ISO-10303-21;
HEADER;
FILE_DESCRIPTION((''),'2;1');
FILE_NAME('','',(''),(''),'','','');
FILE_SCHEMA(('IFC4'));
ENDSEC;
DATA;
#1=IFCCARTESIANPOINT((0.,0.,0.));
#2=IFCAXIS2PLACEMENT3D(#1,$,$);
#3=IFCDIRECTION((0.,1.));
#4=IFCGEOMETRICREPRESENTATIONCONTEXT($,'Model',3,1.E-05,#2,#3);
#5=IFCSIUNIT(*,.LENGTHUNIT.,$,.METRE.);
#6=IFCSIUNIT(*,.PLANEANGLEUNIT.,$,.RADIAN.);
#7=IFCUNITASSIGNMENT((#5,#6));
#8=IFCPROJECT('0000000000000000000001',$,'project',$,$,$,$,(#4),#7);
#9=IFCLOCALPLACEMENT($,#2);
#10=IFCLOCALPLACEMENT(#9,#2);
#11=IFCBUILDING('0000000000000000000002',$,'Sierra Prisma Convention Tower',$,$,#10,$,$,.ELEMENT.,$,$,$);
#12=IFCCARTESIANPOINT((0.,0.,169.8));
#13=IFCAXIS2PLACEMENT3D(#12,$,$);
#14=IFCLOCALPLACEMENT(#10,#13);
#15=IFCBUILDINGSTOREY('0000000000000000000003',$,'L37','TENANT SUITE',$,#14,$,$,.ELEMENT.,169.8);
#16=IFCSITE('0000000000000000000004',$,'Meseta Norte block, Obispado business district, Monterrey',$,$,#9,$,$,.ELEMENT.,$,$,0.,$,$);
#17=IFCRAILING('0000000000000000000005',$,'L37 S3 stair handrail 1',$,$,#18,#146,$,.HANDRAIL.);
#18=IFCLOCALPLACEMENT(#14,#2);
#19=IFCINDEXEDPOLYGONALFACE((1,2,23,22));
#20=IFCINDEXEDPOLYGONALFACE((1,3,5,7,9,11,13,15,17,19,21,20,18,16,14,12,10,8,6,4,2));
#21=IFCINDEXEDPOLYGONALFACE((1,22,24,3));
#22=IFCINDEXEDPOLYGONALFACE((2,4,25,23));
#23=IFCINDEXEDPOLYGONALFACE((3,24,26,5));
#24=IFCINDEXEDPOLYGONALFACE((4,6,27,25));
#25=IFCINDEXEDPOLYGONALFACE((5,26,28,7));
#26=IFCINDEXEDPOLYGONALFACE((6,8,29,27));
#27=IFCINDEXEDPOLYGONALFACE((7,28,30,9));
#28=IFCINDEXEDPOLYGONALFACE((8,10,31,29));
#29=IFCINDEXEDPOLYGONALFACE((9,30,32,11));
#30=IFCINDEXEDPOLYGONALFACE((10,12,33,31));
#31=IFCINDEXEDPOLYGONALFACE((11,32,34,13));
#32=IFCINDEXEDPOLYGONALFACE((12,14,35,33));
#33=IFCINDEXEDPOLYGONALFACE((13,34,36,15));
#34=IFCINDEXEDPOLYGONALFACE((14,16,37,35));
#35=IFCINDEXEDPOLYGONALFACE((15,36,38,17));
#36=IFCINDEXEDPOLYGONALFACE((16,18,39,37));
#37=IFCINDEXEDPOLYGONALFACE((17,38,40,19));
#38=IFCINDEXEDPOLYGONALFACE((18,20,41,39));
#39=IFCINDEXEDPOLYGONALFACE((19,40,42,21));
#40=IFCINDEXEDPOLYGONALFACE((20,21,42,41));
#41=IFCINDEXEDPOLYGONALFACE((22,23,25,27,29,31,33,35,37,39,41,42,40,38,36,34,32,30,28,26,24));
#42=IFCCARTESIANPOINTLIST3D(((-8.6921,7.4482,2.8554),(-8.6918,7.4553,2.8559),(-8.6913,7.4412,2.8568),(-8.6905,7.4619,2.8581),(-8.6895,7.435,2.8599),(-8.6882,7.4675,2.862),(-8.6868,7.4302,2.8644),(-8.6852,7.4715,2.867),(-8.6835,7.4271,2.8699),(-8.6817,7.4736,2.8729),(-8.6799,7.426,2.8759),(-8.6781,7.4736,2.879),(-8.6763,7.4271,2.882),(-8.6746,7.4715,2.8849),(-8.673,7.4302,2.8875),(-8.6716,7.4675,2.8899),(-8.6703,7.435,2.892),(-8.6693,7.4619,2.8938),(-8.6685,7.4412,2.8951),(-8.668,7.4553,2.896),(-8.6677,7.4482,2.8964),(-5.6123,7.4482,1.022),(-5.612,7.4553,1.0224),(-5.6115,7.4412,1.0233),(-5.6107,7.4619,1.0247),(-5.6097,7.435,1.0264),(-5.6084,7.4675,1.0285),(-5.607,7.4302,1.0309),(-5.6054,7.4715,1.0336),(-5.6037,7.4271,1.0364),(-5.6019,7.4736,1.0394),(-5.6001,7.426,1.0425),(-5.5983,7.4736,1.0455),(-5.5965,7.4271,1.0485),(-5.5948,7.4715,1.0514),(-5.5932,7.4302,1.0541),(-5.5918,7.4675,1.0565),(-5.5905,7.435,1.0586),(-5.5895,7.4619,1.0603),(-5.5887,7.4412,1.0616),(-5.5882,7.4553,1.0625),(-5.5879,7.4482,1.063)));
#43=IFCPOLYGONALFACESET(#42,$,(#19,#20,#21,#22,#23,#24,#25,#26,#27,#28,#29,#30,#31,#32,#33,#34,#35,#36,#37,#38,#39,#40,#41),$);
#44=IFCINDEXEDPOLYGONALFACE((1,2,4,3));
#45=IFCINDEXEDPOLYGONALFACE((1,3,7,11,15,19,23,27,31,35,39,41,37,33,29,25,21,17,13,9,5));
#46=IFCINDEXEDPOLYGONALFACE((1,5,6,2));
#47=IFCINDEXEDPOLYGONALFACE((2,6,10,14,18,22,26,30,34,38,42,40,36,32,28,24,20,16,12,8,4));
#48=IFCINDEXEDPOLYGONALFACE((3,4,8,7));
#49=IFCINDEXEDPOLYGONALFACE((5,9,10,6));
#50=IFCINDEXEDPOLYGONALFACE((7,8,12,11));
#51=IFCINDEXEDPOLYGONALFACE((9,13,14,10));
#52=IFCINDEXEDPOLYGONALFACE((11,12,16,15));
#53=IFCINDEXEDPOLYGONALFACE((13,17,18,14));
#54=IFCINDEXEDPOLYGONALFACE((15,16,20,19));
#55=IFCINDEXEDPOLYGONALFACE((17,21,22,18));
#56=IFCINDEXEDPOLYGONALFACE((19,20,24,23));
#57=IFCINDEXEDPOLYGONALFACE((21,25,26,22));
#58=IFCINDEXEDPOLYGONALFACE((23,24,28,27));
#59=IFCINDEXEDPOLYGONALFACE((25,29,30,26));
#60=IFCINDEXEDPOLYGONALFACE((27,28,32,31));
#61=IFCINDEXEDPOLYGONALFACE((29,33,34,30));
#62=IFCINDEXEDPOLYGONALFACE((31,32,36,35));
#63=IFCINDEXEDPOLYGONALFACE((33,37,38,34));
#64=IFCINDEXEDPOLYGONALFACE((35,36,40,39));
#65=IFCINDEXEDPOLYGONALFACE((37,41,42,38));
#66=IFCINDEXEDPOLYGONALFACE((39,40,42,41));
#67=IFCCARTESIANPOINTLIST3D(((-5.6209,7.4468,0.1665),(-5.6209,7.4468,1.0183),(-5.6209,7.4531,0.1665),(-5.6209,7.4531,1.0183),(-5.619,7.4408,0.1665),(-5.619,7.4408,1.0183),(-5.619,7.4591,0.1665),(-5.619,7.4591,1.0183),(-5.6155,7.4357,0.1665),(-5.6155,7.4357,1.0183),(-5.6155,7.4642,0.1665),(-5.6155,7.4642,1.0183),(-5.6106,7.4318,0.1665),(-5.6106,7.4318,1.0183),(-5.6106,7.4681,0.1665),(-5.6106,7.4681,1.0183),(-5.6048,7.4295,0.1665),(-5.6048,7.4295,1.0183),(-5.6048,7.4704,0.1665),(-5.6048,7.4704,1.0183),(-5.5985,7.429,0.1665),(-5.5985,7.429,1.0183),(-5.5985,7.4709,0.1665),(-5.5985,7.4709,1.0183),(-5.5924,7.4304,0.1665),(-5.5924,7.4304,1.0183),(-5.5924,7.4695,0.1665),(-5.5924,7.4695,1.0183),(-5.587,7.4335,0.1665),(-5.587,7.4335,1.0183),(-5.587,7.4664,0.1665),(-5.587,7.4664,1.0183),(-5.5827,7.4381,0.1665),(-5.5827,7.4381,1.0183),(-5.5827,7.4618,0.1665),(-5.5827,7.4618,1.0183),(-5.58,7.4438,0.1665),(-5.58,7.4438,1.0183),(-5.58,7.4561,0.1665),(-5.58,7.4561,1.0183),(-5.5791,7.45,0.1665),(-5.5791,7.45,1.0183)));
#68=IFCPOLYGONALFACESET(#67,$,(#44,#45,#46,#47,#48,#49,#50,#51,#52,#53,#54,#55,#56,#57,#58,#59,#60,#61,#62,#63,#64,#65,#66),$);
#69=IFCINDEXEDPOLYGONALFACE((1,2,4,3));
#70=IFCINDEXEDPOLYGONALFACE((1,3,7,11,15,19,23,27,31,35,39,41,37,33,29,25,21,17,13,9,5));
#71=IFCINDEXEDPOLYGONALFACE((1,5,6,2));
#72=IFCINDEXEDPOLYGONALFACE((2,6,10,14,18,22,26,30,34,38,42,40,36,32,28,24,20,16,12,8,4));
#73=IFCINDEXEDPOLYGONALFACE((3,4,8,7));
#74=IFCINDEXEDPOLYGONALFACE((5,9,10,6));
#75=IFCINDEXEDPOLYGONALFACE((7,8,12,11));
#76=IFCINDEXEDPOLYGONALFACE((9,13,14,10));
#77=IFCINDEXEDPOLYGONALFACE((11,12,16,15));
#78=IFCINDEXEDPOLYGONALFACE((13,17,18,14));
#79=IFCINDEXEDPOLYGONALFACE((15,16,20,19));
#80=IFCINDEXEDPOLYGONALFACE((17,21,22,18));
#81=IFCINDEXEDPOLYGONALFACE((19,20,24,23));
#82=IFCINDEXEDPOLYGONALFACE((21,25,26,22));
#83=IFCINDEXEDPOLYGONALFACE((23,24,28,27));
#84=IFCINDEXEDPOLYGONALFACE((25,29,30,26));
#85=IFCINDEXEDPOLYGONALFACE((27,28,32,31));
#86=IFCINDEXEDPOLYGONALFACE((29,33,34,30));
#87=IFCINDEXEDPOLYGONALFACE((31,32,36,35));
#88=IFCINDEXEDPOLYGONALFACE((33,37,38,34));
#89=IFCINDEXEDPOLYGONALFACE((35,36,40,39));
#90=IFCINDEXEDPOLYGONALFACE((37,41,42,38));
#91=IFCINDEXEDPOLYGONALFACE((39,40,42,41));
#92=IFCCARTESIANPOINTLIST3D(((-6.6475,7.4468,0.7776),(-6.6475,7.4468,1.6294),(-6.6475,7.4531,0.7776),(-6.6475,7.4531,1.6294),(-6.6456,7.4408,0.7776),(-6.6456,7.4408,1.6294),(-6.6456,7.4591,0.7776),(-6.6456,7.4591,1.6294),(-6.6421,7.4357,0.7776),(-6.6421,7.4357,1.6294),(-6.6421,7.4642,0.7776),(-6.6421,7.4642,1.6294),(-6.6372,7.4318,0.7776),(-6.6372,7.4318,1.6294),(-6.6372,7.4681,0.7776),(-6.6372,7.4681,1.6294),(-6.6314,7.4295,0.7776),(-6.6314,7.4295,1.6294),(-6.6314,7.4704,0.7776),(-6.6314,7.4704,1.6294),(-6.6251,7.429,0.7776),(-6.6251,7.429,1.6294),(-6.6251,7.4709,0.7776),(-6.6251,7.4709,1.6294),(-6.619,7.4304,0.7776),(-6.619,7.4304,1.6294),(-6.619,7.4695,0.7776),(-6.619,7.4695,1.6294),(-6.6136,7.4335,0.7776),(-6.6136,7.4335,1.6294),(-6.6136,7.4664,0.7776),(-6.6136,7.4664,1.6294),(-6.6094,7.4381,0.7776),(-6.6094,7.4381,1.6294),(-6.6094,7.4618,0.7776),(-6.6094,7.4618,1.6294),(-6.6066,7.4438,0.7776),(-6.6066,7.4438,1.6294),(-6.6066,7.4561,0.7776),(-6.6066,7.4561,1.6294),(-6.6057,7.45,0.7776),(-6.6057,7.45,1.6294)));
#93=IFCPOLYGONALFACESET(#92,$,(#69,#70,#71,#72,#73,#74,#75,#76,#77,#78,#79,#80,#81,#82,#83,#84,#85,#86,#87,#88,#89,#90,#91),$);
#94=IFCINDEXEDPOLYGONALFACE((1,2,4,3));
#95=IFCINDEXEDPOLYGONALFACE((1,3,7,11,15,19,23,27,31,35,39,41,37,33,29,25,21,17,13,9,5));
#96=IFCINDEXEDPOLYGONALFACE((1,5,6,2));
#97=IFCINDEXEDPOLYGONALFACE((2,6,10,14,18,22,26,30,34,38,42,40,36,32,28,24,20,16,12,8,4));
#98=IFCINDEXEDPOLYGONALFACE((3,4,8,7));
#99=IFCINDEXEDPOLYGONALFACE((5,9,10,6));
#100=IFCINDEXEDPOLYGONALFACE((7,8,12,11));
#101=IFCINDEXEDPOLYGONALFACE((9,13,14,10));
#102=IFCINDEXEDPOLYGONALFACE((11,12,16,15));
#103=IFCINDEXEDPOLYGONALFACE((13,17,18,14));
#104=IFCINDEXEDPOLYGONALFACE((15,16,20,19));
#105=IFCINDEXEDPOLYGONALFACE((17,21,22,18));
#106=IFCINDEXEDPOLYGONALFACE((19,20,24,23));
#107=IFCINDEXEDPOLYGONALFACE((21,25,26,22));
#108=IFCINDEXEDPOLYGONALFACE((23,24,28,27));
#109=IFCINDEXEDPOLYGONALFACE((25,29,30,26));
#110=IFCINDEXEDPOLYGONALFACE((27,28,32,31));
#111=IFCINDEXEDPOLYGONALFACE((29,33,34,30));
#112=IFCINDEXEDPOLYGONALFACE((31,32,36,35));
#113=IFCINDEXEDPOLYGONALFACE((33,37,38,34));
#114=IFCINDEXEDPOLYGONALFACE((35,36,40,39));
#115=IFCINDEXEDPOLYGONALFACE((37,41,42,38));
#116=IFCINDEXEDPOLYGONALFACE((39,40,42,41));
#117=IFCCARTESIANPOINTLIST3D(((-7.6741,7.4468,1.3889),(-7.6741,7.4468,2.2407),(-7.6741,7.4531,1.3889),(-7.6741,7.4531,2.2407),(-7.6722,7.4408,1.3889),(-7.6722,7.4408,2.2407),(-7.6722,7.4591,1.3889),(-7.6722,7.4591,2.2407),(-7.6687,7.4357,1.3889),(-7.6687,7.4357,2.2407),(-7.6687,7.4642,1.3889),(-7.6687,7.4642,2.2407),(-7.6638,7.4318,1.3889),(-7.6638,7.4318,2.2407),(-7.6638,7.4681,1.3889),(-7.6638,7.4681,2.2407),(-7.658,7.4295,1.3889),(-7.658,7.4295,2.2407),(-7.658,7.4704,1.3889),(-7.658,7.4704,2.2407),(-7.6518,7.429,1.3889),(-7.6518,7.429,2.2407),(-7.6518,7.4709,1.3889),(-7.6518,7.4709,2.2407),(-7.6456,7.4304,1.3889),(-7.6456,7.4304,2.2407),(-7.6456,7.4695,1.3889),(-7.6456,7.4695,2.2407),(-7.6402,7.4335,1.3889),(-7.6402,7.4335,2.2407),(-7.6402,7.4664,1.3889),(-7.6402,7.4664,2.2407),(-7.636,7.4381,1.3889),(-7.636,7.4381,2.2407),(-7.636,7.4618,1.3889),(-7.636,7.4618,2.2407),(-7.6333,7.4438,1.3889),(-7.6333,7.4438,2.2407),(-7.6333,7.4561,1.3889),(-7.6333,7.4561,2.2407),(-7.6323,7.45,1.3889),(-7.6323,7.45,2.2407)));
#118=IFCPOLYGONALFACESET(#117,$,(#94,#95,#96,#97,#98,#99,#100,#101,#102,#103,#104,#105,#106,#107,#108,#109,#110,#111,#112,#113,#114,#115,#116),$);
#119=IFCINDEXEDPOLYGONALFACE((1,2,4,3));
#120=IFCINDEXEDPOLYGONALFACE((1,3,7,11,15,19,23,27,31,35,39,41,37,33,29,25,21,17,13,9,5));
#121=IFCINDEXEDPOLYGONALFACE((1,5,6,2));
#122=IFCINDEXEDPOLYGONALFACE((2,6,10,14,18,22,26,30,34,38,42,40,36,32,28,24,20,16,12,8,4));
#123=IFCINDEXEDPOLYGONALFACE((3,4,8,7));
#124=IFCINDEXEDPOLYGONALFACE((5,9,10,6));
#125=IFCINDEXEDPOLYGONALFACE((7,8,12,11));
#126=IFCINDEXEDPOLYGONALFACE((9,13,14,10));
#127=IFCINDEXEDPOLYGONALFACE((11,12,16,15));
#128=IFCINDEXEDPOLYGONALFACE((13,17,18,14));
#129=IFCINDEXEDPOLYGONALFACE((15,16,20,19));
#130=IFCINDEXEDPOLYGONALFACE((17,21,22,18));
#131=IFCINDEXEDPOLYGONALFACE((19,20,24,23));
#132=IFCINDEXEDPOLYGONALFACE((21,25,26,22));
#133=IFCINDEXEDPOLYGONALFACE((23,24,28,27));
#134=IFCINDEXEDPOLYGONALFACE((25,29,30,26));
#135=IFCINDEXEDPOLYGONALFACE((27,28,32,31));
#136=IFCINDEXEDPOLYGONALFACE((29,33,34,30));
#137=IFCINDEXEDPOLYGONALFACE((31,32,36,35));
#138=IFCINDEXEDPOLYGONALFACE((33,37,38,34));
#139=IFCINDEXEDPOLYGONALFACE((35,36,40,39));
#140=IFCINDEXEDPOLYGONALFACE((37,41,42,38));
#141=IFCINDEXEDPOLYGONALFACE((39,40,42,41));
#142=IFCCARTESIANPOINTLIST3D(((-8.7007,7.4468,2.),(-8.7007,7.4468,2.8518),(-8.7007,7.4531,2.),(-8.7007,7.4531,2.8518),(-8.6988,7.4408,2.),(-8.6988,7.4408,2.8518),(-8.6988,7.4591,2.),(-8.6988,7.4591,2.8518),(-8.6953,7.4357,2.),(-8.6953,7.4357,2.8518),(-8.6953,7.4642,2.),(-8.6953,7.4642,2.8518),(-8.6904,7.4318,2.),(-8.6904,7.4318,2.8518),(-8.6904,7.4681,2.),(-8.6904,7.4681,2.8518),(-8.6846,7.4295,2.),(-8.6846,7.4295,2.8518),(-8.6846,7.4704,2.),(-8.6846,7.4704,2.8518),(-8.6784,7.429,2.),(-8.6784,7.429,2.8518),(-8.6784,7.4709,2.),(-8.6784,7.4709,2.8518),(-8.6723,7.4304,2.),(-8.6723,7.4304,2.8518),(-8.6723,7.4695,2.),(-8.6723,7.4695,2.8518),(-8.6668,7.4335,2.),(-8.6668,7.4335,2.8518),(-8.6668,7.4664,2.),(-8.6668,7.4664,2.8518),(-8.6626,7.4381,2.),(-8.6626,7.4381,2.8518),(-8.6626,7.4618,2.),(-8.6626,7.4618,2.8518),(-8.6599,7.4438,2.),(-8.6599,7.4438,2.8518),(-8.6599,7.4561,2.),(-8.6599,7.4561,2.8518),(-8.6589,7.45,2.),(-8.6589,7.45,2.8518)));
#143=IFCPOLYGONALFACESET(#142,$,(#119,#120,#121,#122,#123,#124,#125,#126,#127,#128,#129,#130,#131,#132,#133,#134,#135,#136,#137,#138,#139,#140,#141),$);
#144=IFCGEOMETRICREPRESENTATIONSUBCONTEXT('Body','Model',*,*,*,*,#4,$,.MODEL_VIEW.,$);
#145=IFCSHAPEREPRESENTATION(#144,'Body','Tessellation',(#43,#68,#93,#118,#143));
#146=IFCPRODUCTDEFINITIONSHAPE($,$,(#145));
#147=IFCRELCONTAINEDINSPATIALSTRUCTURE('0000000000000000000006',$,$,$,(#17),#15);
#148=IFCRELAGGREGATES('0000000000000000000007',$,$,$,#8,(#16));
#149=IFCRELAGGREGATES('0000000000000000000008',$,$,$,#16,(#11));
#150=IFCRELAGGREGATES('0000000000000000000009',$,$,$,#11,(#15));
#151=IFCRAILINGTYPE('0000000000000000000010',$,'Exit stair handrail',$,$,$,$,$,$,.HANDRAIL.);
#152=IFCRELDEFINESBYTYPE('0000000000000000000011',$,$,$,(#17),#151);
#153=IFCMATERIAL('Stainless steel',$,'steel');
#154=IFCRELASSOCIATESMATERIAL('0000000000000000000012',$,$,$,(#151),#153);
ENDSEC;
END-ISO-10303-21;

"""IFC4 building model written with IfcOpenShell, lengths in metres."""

from ifc_helpers import new_model, si_unit, direction, frame, origin, origin_2d, place, context, subcontext, project, spatial, circle, extrude, material, type_object, element, save


model = new_model("IFC4")

# Units and contexts
model_context = context("Model", 3, precision=1e-05, world=origin(), true_north=direction((0.0, 1.0)))
body_context = subcontext(model_context, "Body", "Model", "MODEL_VIEW")
ifc_project = project(units=[si_unit("LENGTHUNIT", "METRE"), si_unit("PLANEANGLEUNIT", "RADIAN")], contexts=[model_context])

# Site, building, storey
site_placement = place(None, origin())
site = spatial("IfcSite", under=ifc_project, at=site_placement, Name="Meseta Norte block, Obispado business district, Monterrey", CompositionType="ELEMENT", RefElevation=0.0)
building_placement = place(site_placement, origin())
building = spatial("IfcBuilding", under=site, at=building_placement, Name="Sierra Prisma Convention Tower", CompositionType="ELEMENT")
storey_placement = place(building_placement, frame((0.0, 0.0, 169.8)))
storey = spatial("IfcBuildingStorey", under=building, at=storey_placement, Name="L37", Description="TENANT SUITE", CompositionType="ELEMENT", Elevation=169.8)

# Railing
ifc_material_1 = material(Name="Stainless steel", Category="steel")
railing_type = type_object("IfcRailingType", Name="Exit stair handrail", PredefinedType="HANDRAIL", material=ifc_material_1)
railing_placement = place(storey_placement, frame((-5.6001, 7.45, 0.1665)))
element("IfcRailing", 1, at=railing_placement, inside=storey, type_object=railing_type, Name="L37 S3 stair handrail 1", PredefinedType="HANDRAIL", context=body_context, shape_type="SweptSolid", body=[
    extrude(circle(Radius=0.0239, at=origin_2d()), frame((0.0, 0.0, 0.876), z_axis=(-0.859261, 0.0, 0.511538), x_axis=(0.0, -1.0, 0.0)), (0.0, 0.0, 1.0), 3.5842),
    extrude(circle(Radius=0.021, at=origin_2d()), origin(), (0.0, 0.0, 1.0), 0.8518),
    extrude(circle(Radius=0.021, at=origin_2d()), frame((-1.0266, 0.0, 0.6111)), (0.0, 0.0, 1.0), 0.8518),
    extrude(circle(Radius=0.021, at=origin_2d()), frame((-2.0532, 0.0, 1.2224)), (0.0, 0.0, 1.0), 0.8518),
    extrude(circle(Radius=0.021, at=origin_2d()), frame((-3.0798, 0.0, 1.8335)), (0.0, 0.0, 1.0), 0.8518),
])

save(model, "model.ifc")
